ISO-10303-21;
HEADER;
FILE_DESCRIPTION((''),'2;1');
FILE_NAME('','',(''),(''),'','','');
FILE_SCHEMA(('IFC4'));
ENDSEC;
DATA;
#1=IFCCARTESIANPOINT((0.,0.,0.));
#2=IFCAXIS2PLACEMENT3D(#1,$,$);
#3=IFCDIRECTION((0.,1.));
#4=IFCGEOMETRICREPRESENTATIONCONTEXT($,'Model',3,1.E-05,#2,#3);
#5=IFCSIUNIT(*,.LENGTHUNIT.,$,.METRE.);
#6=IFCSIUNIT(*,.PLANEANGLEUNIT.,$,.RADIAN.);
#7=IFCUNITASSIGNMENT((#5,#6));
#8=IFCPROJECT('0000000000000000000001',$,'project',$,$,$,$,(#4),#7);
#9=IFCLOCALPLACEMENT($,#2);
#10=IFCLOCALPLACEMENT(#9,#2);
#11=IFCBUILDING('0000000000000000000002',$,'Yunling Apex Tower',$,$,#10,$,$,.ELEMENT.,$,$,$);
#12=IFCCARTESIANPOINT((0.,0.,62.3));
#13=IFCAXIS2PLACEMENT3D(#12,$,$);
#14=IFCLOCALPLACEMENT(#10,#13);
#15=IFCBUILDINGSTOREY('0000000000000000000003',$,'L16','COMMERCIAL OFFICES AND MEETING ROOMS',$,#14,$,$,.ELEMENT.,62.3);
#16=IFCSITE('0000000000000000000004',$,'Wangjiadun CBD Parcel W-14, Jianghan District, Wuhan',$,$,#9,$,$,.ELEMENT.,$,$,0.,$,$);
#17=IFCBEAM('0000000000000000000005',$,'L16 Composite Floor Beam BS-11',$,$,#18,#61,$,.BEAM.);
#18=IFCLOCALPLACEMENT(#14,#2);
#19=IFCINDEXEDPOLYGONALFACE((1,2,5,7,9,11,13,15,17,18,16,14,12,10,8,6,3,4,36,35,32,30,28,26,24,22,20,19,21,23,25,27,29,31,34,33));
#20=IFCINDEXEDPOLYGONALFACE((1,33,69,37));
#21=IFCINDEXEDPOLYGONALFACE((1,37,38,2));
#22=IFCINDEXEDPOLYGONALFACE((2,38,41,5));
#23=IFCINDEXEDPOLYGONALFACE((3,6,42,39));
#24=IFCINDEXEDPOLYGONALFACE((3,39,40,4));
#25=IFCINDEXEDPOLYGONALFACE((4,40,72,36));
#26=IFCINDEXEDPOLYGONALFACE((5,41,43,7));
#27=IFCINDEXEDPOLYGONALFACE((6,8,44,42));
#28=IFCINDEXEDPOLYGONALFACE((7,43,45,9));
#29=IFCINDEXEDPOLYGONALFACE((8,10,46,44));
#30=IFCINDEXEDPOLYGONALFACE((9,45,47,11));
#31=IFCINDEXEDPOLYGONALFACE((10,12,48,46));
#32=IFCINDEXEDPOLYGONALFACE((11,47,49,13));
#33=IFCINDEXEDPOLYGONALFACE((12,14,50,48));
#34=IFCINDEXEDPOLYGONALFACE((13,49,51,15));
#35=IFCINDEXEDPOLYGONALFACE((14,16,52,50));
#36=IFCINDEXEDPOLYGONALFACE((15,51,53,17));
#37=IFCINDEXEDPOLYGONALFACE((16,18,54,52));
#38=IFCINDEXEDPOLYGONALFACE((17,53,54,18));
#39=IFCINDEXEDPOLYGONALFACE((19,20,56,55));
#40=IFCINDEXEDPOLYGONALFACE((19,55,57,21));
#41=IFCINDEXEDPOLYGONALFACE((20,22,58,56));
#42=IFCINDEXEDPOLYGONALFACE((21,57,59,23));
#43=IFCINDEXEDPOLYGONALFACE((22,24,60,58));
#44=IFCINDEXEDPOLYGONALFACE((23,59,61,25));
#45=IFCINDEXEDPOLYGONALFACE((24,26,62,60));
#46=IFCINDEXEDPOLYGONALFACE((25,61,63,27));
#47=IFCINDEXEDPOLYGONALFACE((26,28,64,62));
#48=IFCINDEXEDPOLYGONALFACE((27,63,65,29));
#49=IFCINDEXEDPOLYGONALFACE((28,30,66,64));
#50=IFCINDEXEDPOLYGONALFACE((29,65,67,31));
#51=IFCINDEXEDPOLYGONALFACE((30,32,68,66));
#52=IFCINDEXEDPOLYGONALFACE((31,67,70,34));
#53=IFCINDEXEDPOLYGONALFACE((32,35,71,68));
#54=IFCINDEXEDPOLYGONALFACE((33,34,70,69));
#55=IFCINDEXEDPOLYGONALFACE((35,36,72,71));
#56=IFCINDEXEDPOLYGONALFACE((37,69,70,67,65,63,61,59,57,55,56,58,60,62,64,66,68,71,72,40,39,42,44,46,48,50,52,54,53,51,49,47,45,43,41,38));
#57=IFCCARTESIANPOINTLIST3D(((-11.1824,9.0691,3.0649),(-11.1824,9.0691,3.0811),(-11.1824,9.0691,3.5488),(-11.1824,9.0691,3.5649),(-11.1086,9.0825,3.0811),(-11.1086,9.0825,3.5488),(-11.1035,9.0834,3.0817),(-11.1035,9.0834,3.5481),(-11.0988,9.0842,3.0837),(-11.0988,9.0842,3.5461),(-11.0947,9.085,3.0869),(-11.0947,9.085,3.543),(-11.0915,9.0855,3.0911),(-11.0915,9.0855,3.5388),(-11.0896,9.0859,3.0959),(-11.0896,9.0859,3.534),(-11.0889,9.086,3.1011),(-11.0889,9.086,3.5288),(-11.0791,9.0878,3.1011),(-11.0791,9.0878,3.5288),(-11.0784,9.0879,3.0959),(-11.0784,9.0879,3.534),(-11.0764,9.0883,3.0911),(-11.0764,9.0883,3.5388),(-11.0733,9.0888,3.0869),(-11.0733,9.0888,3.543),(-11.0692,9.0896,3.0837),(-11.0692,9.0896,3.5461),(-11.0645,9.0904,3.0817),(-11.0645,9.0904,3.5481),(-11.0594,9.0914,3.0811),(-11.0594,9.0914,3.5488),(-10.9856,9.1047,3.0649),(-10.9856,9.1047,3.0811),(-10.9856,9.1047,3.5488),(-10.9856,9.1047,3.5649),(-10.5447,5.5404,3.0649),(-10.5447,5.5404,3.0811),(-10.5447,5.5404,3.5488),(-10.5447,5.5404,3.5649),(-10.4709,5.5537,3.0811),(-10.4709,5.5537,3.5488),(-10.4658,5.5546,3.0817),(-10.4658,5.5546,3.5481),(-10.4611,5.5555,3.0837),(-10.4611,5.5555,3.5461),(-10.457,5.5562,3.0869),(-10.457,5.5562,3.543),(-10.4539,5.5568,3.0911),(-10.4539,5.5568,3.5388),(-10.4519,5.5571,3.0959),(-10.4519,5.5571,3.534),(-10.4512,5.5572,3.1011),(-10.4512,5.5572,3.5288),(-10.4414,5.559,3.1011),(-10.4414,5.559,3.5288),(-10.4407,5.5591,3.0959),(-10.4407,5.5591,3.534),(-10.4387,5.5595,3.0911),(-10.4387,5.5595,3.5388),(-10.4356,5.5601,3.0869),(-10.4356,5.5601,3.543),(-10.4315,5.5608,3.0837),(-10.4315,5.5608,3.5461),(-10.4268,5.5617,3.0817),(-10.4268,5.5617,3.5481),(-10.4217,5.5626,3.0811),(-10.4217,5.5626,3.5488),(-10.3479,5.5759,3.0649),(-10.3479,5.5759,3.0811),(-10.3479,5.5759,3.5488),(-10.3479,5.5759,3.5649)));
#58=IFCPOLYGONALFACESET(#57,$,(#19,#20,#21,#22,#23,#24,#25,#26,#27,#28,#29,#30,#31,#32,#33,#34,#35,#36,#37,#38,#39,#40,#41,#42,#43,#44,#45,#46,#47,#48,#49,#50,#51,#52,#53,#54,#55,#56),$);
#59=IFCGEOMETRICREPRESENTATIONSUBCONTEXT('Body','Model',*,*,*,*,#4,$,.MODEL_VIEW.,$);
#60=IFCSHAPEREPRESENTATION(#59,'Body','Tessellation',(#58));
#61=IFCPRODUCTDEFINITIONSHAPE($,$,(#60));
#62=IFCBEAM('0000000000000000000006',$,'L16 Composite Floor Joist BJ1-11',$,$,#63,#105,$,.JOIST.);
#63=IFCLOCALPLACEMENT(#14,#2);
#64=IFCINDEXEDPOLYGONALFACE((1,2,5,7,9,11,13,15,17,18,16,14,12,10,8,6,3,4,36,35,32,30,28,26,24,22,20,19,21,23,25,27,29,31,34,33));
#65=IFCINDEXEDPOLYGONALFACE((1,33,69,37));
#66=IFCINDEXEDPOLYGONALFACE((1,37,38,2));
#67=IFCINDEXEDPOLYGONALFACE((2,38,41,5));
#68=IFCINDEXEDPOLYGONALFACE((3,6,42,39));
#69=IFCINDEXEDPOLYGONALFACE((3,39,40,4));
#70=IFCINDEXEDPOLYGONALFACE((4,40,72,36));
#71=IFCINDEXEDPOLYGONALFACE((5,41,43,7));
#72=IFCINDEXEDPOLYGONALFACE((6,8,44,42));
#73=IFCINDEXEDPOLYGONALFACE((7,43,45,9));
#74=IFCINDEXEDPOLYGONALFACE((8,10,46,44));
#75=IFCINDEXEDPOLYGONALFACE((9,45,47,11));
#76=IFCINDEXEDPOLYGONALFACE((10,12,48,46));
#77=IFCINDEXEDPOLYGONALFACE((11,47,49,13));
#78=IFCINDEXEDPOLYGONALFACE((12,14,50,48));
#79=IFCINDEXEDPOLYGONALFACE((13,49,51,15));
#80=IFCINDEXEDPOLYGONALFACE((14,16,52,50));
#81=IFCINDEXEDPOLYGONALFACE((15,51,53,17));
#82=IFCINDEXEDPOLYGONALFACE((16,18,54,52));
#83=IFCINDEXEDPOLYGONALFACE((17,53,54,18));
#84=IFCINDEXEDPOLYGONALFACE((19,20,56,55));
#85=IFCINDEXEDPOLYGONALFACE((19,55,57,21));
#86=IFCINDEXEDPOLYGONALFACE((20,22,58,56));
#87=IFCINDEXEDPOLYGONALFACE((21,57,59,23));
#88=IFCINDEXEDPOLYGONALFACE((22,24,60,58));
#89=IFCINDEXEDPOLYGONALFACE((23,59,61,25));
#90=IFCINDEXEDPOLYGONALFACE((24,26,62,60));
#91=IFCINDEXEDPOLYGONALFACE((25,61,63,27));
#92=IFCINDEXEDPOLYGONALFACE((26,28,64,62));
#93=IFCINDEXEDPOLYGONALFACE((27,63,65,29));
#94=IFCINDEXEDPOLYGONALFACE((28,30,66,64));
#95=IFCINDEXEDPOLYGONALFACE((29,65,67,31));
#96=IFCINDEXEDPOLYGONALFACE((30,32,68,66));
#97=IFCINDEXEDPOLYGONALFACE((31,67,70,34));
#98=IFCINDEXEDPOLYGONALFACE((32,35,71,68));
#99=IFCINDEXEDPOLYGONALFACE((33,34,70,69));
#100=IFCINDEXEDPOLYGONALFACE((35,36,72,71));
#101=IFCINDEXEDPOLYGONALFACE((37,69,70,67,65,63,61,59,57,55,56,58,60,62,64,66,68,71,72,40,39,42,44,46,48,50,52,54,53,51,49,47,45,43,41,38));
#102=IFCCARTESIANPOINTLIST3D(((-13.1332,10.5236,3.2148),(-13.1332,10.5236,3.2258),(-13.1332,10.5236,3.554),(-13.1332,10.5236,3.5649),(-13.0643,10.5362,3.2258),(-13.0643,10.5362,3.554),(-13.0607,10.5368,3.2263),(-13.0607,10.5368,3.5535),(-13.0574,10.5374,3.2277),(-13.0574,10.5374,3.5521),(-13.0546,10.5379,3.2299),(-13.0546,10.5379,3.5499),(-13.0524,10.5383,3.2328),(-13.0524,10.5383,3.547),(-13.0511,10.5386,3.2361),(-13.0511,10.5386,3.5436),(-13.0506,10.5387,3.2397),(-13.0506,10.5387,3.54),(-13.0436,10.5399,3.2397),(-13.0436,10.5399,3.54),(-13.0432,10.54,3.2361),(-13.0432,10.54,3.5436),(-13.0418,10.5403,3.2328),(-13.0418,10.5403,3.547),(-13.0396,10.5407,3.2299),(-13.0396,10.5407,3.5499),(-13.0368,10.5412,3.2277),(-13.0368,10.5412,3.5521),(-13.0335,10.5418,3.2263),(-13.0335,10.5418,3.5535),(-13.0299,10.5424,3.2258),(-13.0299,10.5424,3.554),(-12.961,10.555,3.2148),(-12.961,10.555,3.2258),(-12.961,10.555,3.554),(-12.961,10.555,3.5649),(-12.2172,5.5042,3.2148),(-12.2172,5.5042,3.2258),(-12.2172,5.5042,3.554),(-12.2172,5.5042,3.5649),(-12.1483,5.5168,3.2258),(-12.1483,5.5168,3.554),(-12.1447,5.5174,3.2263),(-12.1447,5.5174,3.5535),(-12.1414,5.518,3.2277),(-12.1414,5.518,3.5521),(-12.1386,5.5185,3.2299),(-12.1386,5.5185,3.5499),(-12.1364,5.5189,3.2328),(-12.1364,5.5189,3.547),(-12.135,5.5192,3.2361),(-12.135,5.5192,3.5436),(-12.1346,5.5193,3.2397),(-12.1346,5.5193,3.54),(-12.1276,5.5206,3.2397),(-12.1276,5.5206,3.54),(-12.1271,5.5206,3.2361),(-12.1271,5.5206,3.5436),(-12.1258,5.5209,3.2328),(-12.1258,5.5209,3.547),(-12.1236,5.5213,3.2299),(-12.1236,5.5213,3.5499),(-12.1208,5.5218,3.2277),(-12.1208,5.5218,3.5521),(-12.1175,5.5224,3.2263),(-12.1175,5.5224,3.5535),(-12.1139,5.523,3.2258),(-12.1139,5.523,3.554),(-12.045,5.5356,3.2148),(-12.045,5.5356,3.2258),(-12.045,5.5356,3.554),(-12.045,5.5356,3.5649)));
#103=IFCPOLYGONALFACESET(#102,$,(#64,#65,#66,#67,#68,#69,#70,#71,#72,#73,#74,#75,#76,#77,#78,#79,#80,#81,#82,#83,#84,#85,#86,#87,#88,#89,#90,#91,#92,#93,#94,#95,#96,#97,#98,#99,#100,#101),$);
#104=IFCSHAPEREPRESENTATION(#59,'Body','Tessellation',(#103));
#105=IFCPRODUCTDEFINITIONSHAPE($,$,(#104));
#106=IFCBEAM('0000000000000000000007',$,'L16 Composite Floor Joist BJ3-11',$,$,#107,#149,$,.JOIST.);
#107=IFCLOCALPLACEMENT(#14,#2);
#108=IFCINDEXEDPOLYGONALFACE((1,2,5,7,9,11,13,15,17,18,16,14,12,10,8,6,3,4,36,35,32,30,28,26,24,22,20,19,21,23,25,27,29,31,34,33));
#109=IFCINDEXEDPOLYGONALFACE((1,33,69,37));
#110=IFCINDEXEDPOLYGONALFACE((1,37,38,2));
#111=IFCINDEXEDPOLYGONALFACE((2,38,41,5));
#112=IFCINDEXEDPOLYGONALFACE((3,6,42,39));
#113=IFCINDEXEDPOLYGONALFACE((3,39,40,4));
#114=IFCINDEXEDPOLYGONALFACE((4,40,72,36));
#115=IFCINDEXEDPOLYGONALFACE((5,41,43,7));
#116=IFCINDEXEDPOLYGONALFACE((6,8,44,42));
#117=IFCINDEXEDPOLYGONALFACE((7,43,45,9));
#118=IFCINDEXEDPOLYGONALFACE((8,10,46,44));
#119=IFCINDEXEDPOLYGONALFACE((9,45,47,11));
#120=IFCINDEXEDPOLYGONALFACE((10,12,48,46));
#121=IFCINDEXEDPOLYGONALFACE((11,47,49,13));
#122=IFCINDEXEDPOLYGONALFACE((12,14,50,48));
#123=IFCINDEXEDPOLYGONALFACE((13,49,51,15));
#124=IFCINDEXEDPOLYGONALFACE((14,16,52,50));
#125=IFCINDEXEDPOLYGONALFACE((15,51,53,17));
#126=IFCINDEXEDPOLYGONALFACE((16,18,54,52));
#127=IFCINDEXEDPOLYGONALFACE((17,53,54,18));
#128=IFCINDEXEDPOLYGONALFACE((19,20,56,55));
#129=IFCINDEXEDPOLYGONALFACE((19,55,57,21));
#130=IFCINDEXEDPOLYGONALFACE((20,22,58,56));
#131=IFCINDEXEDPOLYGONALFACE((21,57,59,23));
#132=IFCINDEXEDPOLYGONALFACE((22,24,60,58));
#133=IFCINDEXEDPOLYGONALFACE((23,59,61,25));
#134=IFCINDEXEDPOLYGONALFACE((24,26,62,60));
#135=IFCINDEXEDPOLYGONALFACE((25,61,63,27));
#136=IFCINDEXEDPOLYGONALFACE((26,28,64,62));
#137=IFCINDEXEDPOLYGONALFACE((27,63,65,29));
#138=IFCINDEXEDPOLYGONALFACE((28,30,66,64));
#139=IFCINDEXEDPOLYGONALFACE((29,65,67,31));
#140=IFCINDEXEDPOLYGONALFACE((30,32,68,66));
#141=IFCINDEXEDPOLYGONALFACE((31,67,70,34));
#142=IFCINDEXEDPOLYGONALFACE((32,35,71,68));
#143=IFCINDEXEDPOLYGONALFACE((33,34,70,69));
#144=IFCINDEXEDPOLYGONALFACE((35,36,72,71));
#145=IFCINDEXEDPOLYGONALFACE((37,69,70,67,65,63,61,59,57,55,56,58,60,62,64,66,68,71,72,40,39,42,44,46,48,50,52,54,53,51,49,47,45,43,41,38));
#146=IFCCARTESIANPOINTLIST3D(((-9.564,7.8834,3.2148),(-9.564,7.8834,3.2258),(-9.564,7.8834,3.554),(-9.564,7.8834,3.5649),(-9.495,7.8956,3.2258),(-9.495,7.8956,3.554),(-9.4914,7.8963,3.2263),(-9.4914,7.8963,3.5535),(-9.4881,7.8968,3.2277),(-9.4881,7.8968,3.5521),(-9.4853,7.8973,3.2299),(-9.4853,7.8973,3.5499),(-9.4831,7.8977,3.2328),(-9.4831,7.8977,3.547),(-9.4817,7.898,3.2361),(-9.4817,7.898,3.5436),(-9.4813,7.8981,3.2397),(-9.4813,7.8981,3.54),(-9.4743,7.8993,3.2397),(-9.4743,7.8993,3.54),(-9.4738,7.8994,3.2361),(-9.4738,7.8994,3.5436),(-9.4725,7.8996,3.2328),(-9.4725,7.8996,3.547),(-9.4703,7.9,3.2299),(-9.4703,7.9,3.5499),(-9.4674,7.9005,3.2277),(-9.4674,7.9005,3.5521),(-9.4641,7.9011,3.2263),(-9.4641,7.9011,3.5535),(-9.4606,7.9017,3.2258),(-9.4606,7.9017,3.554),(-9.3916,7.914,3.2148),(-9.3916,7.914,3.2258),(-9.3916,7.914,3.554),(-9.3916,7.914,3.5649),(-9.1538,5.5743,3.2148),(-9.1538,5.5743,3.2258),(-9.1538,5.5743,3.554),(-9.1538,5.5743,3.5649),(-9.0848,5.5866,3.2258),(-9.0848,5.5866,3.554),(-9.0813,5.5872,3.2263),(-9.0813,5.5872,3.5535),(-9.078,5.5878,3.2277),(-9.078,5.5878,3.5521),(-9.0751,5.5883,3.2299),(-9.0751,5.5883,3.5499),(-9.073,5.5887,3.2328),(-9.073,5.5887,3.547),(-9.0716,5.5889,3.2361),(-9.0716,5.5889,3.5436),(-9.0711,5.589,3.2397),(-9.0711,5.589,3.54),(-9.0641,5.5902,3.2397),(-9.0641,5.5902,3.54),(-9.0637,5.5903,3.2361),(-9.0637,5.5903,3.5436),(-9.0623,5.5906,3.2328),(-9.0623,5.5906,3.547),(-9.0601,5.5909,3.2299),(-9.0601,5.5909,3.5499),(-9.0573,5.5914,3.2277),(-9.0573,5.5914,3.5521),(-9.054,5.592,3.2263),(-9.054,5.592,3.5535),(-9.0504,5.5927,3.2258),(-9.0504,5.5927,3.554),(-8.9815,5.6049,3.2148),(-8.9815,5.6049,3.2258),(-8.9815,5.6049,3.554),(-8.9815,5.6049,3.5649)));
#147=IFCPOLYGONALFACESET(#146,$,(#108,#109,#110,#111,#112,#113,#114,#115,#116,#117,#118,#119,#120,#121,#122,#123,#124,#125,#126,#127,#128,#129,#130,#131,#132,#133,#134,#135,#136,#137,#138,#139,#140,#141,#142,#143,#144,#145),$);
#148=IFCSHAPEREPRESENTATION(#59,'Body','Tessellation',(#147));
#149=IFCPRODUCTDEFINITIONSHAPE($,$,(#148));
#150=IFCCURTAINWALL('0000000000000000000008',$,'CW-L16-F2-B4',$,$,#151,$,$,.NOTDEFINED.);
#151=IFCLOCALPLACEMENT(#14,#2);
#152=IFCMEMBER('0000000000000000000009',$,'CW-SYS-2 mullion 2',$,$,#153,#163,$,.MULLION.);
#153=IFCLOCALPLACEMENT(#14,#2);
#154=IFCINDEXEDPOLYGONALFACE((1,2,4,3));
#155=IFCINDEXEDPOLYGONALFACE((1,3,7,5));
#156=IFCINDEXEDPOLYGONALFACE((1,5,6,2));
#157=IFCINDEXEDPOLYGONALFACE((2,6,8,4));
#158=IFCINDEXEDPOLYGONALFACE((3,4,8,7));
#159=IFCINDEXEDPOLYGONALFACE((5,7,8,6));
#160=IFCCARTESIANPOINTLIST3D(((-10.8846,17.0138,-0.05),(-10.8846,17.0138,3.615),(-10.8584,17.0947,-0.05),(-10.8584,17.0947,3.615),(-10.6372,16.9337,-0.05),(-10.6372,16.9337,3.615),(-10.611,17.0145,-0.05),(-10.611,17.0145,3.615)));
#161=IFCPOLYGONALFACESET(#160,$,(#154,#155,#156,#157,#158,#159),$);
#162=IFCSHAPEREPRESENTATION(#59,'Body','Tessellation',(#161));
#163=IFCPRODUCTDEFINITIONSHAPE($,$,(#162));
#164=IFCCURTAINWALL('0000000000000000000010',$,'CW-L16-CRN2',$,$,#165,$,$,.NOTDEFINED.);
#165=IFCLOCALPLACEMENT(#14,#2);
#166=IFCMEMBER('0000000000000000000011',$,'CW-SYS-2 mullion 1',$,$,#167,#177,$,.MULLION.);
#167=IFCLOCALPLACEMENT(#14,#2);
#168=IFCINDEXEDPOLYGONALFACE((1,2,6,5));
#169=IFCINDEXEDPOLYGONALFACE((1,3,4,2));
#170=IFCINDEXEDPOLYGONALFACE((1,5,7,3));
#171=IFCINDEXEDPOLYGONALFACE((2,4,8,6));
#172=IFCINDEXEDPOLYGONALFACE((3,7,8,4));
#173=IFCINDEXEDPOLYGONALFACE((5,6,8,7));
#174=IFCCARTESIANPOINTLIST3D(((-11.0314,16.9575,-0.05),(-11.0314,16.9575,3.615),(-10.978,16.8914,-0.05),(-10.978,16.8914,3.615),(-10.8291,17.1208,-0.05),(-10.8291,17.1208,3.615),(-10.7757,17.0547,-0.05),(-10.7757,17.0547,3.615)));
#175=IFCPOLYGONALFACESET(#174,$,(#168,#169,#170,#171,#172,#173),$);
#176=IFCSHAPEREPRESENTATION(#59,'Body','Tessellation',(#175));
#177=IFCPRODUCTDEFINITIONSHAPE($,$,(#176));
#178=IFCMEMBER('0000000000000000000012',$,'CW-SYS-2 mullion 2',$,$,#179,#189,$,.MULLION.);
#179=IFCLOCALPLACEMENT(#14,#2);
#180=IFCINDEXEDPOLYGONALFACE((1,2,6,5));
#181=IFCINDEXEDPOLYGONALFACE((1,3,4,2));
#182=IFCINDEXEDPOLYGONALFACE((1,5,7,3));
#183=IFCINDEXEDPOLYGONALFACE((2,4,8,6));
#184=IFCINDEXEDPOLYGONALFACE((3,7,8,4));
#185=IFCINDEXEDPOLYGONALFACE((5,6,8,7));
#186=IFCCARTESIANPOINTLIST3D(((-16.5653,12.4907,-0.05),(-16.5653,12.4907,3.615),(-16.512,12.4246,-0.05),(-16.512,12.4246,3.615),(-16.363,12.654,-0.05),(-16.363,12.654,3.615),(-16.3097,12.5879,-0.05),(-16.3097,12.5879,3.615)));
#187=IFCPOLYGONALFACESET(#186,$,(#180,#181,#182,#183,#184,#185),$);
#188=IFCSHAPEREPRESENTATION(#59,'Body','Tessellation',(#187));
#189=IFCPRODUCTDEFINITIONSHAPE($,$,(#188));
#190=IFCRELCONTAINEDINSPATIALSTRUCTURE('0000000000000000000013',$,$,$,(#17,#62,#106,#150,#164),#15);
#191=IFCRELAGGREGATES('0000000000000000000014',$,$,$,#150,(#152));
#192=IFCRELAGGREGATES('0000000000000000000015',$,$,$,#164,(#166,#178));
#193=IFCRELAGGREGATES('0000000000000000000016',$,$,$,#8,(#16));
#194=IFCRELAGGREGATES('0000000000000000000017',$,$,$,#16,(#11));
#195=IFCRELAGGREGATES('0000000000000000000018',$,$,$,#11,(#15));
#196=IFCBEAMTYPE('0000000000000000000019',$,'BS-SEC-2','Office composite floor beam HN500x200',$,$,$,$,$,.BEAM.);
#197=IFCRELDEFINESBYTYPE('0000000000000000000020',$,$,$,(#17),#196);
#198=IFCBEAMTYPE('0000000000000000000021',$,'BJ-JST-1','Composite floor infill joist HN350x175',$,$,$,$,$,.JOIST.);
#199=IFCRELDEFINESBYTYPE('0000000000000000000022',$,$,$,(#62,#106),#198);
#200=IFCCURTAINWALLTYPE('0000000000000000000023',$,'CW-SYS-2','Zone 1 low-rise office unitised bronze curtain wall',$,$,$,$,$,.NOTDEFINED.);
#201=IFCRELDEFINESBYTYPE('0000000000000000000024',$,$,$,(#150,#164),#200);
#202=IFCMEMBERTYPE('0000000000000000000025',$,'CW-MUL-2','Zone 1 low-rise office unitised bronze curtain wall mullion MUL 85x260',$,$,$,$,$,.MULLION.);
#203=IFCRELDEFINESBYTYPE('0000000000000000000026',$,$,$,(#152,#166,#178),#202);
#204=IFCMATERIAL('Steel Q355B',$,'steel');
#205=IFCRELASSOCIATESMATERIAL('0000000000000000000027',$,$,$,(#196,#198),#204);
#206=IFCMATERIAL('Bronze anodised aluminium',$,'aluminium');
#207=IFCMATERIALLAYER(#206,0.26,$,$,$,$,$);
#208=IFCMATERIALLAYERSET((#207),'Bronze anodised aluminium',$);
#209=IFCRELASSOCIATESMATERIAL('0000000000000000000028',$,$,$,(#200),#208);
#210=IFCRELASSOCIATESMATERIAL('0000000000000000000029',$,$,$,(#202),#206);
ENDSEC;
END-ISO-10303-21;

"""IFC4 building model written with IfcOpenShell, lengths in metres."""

from ifc_helpers import new_model, si_unit, direction, frame, origin, origin_2d, place, context, subcontext, project, spatial, rectangle, i_section, extrude, source, transform, mapped, material, layer, layer_set, material_profile, profile_set, type_object, element, aggregate, save


model = new_model("IFC4")

# Units and contexts
model_context = context("Model", 3, precision=1e-05, world=origin(), true_north=direction((0.0, 1.0)))
body_context = subcontext(model_context, "Body", "Model", "MODEL_VIEW")
ifc_project = project(units=[si_unit("LENGTHUNIT", "METRE"), si_unit("PLANEANGLEUNIT", "RADIAN")], contexts=[model_context])

# Site, building, storey
site_placement = place(None, origin())
site = spatial("IfcSite", under=ifc_project, at=site_placement, Name="Wangjiadun CBD Parcel W-14, Jianghan District, Wuhan", CompositionType="ELEMENT", RefElevation=0.0)
building_placement = place(site_placement, origin())
building = spatial("IfcBuilding", under=site, at=building_placement, Name="Yunling Apex Tower", CompositionType="ELEMENT")
storey_placement = place(building_placement, frame((0.0, 0.0, 62.3)))
storey = spatial("IfcBuildingStorey", under=building, at=storey_placement, Name="L16", Description="COMMERCIAL OFFICES AND MEETING ROOMS", CompositionType="ELEMENT", Elevation=62.3)

# Beams
ifc_material_1 = material(Name="Steel Q355B", Category="steel")
ifc_material_profile_1 = material_profile(ifc_material_1, i_section(OverallWidth=0.2, OverallDepth=0.5, WebThickness=0.01, FlangeThickness=0.0161, FilletRadius=0.02, at=origin_2d()))
ifc_profile_set_1 = profile_set([ifc_material_profile_1], Name="Steel Q355B")
beam_type_1 = type_object("IfcBeamType", Name="BS-SEC-2", Description="Office composite floor beam HN500x200", PredefinedType="BEAM", material=ifc_profile_set_1)
ifc_material_profile_2 = material_profile(ifc_material_1, i_section(OverallWidth=0.175, OverallDepth=0.3501, WebThickness=0.0071, FlangeThickness=0.011, FilletRadius=0.0139, at=origin_2d()))
ifc_profile_set_2 = profile_set([ifc_material_profile_2], Name="Steel Q355B")
beam_type_2 = type_object("IfcBeamType", Name="BJ-JST-1", Description="Composite floor infill joist HN350x175", PredefinedType="JOIST", material=ifc_profile_set_2)
shared_shape_1 = source(origin(), body_context, "Body", "SweptSolid", [
    extrude(i_section(OverallWidth=0.2, OverallDepth=0.5, WebThickness=0.01, FlangeThickness=0.0161, FilletRadius=0.02, at=origin_2d()), origin(), (0.0, 0.0, 1.0), 3.5859),
])
beam_1_placement = place(storey_placement, frame((-11.084, 9.0869, 3.3149), z_axis=(0.177831, -0.984061, 0.0), x_axis=(0.984061, 0.177831, 0.0)))
element("IfcBeam", 1, at=beam_1_placement, inside=storey, type_object=beam_type_1, Name="L16 Composite Floor Beam BS-11", PredefinedType="BEAM", context=body_context, shape_type="MappedRepresentation", body=[
    mapped(shared_shape_1, transform((0.0, 0.0, 0.0), scale=1.0)),
])
shared_shape_2 = source(origin(), body_context, "Body", "SweptSolid", [
    extrude(i_section(OverallWidth=0.175, OverallDepth=0.3501, WebThickness=0.0071, FlangeThickness=0.011, FilletRadius=0.0139, at=origin_2d()), origin(), (0.0, 0.0, 1.0), 5.1023),
])
beam_2_placement = place(storey_placement, frame((-13.0471, 10.5393, 3.3899), z_axis=(0.179534, -0.983752, 0.0), x_axis=(0.983752, 0.179534, 0.0)))
element("IfcBeam", 2, at=beam_2_placement, inside=storey, type_object=beam_type_2, Name="L16 Composite Floor Joist BJ1-11", PredefinedType="JOIST", context=body_context, shape_type="MappedRepresentation", body=[
    mapped(shared_shape_2, transform((0.0, 0.0, 0.0), scale=1.0)),
])
shared_shape_3 = source(origin(), body_context, "Body", "SweptSolid", [
    extrude(i_section(OverallWidth=0.175, OverallDepth=0.3501, WebThickness=0.0071, FlangeThickness=0.011, FilletRadius=0.0139, at=origin_2d()), origin(), (0.0, 0.0, 1.0), 2.3452),
])
beam_3_placement = place(storey_placement, frame((-9.4778, 7.8987, 3.3899), z_axis=(0.17489, -0.984588, 0.0), x_axis=(0.984588, 0.17489, 0.0)))
element("IfcBeam", 3, at=beam_3_placement, inside=storey, type_object=beam_type_2, Name="L16 Composite Floor Joist BJ3-11", PredefinedType="JOIST", context=body_context, shape_type="MappedRepresentation", body=[
    mapped(shared_shape_3, transform((0.0, 0.0, 0.0), scale=1.0)),
])

# Curtain wall, member
ifc_material_2 = material(Name="Bronze anodised aluminium", Category="aluminium")
ifc_layer_1 = layer(ifc_material_2, 0.26)
ifc_layer_set_1 = layer_set([ifc_layer_1], Name="Bronze anodised aluminium")
curtain_wall_type = type_object("IfcCurtainWallType", Name="CW-SYS-2", Description="Zone 1 low-rise office unitised bronze curtain wall", PredefinedType="NOTDEFINED", material=ifc_layer_set_1)
curtain_wall_1_placement = place(storey_placement, origin())
curtain_wall_1 = element("IfcCurtainWall", 4, at=curtain_wall_1_placement, inside=storey, type_object=curtain_wall_type, Name="CW-L16-F2-B4", PredefinedType="NOTDEFINED")
ifc_material_profile_3 = material_profile(ifc_material_2, rectangle(XDim=0.085, YDim=0.26, at=origin_2d()))
ifc_profile_set_3 = profile_set([ifc_material_profile_3], Name="Bronze anodised aluminium")
member_type_1 = type_object("IfcMemberType", Name="CW-MUL-2", Description="Zone 1 low-rise office unitised bronze curtain wall mullion MUL 85x260", PredefinedType="MULLION", material=ifc_profile_set_3)
shared_shape_4 = source(origin(), body_context, "Body", "SweptSolid", [
    extrude(rectangle(XDim=0.085, YDim=0.26, at=origin_2d()), origin(), (0.0, 0.0, 1.0), 3.665),
])
member_1_placement = place(storey_placement, frame((-10.7478, 17.0142, -0.05), z_axis=(0.0, 0.0, 1.0), x_axis=(-0.308357, -0.951271, 0.0)))
member_1 = element("IfcMember", 5, at=member_1_placement, type_object=member_type_1, Name="CW-SYS-2 mullion 2", PredefinedType="MULLION", context=body_context, shape_type="MappedRepresentation", body=[
    mapped(shared_shape_4, transform((0.0, 0.0, 0.0), scale=1.0)),
])

# Curtain wall, members
curtain_wall_2_placement = place(storey_placement, origin())
curtain_wall_2 = element("IfcCurtainWall", 6, at=curtain_wall_2_placement, inside=storey, type_object=curtain_wall_type, Name="CW-L16-CRN2", PredefinedType="NOTDEFINED")
member_2_placement = place(storey_placement, frame((-10.9036, 17.0061, -0.05), z_axis=(0.0, 0.0, 1.0), x_axis=(0.62808, -0.778149, 0.0)))
member_2 = element("IfcMember", 7, at=member_2_placement, type_object=member_type_1, Name="CW-SYS-2 mullion 1", PredefinedType="MULLION", context=body_context, shape_type="MappedRepresentation", body=[
    mapped(shared_shape_4, transform((0.0, 0.0, 0.0), scale=1.0)),
])
member_3_placement = place(storey_placement, frame((-16.4375, 12.5393, -0.05), z_axis=(0.0, 0.0, 1.0), x_axis=(0.62808, -0.778149, 0.0)))
member_3 = element("IfcMember", 8, at=member_3_placement, type_object=member_type_1, Name="CW-SYS-2 mullion 2", PredefinedType="MULLION", context=body_context, shape_type="MappedRepresentation", body=[
    mapped(shared_shape_4, transform((0.0, 0.0, 0.0), scale=1.0)),
])

aggregate(curtain_wall_1, [member_1])
aggregate(curtain_wall_2, [member_2, member_3])

save(model, "model.ifc")
